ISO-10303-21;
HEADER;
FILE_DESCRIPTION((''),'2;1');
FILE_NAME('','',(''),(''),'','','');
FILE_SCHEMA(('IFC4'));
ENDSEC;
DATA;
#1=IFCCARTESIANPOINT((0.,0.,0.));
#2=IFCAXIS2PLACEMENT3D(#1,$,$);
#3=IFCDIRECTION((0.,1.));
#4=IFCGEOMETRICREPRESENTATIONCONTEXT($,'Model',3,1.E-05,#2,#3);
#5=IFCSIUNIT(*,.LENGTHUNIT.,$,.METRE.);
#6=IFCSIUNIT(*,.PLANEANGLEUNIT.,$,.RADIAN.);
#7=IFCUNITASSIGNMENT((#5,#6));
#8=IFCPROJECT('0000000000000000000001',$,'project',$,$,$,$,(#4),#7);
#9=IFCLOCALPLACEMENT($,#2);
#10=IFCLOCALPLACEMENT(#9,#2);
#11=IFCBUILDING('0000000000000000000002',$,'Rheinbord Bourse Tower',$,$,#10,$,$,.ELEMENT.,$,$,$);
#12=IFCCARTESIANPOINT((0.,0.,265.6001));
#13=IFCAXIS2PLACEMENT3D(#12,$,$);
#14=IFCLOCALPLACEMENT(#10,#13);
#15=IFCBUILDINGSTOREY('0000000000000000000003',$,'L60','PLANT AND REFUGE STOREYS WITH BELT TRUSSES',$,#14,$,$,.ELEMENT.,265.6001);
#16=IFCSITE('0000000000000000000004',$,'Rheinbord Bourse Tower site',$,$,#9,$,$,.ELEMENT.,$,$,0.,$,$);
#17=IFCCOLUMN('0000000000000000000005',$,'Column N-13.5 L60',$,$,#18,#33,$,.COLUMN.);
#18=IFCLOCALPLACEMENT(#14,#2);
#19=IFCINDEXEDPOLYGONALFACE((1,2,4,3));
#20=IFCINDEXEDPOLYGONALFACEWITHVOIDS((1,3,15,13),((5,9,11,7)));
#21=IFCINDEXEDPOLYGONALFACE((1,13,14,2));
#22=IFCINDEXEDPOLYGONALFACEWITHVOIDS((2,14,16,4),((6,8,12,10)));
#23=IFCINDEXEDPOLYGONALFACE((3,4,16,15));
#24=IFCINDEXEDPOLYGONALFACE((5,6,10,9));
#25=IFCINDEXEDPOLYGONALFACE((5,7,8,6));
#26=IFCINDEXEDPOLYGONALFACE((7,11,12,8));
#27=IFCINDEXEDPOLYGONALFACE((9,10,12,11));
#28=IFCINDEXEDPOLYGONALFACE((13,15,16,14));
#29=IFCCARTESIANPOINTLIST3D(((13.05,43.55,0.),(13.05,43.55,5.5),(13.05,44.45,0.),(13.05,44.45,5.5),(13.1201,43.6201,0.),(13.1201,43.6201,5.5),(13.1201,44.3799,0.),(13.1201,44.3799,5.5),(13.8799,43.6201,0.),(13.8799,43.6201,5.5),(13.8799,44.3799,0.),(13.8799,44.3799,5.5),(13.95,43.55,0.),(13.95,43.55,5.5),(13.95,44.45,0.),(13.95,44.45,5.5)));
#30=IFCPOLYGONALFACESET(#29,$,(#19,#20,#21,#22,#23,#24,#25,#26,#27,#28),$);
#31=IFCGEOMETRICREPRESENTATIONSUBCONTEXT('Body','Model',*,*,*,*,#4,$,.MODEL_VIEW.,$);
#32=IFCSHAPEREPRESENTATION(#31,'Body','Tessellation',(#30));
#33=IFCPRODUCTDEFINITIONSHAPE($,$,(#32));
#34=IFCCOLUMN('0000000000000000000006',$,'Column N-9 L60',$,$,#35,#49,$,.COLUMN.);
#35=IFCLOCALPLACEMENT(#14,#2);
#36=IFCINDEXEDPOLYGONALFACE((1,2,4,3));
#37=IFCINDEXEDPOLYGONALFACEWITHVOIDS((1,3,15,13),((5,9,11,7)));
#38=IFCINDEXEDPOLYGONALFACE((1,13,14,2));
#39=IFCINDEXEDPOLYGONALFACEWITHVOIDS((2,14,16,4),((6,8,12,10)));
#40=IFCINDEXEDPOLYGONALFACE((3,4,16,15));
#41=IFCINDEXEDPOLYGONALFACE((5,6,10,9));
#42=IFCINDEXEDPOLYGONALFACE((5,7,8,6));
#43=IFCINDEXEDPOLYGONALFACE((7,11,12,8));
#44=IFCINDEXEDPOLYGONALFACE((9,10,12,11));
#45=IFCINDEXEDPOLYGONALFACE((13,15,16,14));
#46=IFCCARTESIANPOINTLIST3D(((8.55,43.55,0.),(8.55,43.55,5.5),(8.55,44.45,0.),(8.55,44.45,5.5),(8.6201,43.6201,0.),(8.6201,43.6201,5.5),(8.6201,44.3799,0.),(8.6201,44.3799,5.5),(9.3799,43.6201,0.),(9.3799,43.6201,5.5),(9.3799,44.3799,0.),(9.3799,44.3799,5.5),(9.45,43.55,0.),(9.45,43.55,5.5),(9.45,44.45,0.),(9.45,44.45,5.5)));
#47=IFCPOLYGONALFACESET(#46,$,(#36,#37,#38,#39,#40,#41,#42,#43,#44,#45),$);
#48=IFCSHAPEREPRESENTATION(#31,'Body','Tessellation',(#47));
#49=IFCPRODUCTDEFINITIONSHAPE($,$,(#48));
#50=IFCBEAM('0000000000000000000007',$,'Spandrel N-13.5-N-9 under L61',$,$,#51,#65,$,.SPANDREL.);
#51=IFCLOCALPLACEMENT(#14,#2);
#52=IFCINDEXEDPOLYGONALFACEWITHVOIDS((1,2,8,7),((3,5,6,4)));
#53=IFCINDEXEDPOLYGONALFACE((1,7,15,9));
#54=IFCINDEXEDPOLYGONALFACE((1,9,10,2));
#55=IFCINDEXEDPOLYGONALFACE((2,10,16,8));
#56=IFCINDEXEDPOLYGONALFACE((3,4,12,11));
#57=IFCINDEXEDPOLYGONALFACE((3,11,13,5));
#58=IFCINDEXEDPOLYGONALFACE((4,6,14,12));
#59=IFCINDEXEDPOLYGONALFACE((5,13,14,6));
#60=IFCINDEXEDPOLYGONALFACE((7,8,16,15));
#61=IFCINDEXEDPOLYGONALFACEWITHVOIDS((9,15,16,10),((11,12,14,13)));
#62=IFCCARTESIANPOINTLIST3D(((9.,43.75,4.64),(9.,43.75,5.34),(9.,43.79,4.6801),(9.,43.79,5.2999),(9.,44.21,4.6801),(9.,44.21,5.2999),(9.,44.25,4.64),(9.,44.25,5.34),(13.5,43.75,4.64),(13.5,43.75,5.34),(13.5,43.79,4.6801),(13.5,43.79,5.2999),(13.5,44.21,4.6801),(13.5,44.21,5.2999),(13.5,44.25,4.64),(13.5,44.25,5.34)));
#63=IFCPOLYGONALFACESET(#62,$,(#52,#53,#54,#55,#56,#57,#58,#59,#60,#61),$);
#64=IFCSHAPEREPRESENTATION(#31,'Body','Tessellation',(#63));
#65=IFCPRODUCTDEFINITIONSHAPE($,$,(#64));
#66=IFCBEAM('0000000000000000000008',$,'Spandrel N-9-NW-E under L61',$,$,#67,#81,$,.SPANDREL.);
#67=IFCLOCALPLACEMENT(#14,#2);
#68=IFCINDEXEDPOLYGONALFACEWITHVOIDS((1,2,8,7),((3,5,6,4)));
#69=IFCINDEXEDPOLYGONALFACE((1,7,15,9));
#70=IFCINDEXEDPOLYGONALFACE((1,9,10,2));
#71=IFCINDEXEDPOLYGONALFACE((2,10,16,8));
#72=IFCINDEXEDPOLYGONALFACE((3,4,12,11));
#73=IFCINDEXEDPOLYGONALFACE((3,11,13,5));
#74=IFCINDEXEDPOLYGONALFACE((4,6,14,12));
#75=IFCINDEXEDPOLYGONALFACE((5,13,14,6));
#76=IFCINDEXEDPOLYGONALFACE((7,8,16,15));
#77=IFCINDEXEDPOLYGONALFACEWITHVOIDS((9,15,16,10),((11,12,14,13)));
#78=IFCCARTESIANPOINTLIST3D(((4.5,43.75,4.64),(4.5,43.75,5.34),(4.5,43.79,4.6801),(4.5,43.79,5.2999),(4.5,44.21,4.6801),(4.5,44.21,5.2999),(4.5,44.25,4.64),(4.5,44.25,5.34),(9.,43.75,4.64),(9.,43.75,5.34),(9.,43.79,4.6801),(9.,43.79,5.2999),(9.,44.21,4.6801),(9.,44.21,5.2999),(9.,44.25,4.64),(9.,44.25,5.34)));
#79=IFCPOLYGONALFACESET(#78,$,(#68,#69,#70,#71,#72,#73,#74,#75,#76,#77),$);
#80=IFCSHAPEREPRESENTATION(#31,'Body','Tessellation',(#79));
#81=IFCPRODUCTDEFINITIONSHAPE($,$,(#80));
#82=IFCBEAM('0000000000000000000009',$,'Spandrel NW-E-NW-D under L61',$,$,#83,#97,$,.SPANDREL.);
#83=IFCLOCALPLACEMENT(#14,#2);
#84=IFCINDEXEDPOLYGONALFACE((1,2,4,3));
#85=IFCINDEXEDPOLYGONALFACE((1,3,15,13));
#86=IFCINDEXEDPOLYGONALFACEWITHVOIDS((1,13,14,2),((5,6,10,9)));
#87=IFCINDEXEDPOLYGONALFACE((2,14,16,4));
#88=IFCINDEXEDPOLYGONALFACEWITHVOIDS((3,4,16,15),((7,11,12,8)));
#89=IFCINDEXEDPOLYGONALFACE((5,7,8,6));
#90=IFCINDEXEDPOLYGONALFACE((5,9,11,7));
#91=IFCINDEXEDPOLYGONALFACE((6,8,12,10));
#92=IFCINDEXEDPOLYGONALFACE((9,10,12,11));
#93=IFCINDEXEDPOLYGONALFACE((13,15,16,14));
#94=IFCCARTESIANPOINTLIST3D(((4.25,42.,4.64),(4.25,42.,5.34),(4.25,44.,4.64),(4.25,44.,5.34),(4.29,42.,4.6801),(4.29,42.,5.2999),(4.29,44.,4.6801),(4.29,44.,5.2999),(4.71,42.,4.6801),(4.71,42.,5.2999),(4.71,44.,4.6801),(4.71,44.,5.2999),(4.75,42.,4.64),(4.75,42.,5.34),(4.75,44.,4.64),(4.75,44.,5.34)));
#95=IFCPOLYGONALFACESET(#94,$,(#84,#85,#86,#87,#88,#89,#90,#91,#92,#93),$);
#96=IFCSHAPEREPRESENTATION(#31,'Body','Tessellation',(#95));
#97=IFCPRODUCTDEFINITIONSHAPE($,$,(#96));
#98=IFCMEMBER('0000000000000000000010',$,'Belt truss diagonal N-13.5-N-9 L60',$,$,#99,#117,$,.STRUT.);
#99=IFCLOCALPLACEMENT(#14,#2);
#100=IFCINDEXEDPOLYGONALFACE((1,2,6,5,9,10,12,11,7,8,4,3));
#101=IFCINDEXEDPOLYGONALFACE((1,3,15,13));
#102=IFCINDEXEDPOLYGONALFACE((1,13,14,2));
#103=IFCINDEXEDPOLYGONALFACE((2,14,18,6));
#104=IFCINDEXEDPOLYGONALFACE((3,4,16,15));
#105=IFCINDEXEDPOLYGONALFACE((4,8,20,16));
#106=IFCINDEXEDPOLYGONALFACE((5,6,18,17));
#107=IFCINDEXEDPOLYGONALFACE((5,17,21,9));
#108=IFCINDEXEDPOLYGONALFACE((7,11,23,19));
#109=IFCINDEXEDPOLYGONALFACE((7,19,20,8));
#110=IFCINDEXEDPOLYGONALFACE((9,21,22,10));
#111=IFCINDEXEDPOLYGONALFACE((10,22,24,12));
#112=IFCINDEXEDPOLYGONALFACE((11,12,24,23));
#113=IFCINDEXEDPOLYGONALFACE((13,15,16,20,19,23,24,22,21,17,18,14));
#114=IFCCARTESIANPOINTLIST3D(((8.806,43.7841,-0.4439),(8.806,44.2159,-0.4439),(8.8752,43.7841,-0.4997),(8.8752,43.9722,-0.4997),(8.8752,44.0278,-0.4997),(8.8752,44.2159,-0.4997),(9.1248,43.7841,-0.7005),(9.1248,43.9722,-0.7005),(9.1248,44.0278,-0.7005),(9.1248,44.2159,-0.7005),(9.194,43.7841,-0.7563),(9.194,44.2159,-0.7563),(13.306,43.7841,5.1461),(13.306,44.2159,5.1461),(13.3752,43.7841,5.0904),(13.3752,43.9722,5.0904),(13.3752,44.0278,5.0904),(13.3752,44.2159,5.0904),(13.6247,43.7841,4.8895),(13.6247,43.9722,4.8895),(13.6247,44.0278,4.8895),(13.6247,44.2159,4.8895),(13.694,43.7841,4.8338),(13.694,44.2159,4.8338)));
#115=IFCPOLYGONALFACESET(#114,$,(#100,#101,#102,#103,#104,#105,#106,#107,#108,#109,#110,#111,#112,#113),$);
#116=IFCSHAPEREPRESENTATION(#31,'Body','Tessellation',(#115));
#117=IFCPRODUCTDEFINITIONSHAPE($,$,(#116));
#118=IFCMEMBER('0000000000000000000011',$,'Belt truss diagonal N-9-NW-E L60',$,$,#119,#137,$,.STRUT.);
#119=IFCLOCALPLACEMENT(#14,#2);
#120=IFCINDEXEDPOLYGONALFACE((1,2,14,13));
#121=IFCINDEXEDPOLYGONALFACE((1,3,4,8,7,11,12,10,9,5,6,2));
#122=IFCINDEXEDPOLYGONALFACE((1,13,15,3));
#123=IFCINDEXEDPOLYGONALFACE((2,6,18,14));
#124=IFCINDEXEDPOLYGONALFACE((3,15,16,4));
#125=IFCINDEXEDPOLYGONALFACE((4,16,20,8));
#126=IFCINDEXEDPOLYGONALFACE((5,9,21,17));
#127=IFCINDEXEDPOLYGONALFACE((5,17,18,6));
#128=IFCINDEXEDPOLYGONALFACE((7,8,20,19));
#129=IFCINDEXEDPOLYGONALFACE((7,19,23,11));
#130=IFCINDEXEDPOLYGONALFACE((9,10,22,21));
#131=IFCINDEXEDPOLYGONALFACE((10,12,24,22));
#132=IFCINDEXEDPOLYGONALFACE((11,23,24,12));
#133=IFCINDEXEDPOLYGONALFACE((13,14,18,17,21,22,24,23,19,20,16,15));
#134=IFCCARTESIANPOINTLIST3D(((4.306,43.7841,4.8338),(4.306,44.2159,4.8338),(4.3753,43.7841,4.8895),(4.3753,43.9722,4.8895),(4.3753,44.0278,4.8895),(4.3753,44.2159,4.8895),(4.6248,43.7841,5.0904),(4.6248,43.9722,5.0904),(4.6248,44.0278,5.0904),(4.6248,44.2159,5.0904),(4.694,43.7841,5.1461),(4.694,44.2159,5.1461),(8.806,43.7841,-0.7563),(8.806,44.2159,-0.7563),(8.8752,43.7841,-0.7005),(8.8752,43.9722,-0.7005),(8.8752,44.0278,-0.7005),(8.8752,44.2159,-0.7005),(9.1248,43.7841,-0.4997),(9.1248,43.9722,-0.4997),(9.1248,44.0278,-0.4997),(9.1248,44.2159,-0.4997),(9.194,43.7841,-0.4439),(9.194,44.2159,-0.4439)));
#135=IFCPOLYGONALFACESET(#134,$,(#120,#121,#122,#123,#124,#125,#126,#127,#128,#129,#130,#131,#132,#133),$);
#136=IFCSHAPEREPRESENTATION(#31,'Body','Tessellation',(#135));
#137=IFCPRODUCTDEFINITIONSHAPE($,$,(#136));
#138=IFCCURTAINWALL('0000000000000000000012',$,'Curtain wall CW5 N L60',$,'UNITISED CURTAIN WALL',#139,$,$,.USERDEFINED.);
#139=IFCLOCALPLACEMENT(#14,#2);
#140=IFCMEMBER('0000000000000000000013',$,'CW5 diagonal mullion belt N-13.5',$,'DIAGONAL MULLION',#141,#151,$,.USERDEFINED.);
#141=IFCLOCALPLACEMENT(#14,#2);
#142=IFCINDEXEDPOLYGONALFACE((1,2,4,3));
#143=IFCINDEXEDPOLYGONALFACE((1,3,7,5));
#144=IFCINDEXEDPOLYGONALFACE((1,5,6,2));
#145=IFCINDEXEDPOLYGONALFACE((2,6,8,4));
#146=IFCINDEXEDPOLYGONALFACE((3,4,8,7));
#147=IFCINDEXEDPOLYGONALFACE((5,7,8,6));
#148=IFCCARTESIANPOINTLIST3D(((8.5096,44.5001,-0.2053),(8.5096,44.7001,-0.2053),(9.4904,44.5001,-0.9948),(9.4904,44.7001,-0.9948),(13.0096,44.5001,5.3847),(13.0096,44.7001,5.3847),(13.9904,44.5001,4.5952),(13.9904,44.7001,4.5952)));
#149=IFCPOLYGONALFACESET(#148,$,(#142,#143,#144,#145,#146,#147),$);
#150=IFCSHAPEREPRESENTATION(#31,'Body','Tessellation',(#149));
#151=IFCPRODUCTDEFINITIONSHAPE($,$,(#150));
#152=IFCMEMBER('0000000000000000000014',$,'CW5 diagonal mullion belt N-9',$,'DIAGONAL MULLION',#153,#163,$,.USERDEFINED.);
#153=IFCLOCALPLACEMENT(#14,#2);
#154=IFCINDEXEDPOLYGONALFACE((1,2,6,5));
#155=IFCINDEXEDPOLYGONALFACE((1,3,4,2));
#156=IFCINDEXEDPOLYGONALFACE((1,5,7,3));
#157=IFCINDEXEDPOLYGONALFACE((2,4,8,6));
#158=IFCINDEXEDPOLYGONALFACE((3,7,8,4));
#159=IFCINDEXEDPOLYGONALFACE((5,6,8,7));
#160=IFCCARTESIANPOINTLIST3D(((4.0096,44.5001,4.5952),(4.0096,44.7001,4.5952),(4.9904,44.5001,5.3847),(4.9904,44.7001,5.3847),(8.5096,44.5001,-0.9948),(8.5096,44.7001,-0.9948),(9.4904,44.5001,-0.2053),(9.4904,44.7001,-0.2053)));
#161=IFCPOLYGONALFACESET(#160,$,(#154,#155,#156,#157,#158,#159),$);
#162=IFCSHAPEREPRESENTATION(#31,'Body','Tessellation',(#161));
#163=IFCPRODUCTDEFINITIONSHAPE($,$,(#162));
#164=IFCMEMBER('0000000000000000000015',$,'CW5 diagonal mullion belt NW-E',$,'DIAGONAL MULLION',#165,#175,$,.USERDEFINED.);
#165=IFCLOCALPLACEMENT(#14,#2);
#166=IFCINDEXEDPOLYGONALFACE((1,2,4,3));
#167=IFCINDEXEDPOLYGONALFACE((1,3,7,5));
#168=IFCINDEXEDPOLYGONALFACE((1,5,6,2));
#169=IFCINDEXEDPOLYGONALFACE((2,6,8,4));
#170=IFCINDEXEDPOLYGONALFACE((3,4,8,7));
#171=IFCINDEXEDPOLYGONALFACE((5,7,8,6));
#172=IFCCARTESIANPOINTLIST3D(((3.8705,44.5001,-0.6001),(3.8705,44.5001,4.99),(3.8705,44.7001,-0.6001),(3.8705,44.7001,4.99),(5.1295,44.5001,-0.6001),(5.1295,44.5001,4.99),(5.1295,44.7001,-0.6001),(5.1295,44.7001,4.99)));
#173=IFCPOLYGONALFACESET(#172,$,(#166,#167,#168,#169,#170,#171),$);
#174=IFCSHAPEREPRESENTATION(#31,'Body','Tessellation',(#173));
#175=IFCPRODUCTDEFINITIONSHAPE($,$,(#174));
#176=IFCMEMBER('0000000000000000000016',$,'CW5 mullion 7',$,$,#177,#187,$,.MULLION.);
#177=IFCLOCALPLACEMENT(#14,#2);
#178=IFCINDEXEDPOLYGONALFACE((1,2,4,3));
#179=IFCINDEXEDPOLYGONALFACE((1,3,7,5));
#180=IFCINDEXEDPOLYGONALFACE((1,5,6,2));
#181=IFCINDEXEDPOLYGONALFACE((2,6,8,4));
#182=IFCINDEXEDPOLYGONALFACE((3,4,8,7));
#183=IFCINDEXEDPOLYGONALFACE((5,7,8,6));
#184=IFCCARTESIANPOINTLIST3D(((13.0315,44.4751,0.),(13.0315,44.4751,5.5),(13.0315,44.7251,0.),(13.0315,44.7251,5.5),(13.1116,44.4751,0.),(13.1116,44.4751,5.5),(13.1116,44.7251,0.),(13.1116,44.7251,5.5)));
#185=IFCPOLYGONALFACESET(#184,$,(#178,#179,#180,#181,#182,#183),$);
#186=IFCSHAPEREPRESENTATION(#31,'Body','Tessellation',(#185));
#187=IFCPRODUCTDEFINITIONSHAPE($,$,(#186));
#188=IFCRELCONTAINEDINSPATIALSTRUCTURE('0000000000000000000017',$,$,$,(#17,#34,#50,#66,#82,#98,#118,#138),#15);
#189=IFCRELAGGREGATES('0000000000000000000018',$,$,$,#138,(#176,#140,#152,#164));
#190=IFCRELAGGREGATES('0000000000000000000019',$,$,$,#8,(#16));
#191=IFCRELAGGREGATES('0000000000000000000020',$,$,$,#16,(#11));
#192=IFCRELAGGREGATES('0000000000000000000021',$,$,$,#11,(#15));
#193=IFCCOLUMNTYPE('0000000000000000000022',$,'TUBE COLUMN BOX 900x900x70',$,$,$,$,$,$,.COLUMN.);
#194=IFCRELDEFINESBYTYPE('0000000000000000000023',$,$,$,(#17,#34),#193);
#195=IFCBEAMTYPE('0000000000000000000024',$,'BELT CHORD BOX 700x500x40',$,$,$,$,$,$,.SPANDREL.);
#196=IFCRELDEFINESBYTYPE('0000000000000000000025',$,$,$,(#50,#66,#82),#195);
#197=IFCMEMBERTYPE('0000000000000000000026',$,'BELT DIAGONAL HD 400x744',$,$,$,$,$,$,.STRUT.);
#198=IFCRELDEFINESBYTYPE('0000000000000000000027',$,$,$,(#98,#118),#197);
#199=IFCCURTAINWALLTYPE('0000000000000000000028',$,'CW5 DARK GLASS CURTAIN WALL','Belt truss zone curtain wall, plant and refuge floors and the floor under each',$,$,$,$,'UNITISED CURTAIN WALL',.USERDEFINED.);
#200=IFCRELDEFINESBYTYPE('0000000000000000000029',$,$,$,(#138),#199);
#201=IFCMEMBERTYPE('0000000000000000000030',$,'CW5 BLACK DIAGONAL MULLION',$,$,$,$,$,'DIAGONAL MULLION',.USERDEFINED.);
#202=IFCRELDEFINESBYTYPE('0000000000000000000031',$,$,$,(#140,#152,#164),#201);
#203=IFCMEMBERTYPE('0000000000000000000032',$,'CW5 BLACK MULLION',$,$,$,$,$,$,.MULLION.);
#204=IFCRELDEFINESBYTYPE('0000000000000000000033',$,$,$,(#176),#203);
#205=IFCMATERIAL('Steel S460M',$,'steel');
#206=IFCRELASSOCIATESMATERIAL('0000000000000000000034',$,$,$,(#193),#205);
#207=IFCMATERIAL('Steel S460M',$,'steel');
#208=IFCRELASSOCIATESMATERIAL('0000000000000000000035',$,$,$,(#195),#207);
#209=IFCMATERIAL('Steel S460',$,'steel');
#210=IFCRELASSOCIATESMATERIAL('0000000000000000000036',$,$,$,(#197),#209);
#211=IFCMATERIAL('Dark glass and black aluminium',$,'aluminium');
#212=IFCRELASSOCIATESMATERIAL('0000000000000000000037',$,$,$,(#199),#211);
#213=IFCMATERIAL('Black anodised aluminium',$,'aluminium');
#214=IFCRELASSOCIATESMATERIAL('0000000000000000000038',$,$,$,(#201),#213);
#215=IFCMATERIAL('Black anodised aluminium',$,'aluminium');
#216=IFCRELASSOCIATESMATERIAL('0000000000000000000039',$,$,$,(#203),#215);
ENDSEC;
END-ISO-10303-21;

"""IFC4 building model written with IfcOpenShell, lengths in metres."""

from ifc_helpers import new_model, si_unit, direction, frame, origin, origin_2d, place, context, subcontext, project, spatial, rectangle, hollow_rectangle, i_section, extrude, material, material_profile, profile_set, type_object, element, aggregate, save


model = new_model("IFC4")

# Units and contexts
model_context = context("Model", 3, precision=1e-05, world=origin(), true_north=direction((0.0, 1.0)))
body_context = subcontext(model_context, "Body", "Model", "MODEL_VIEW")
ifc_project = project(units=[si_unit("LENGTHUNIT", "METRE"), si_unit("PLANEANGLEUNIT", "RADIAN")], contexts=[model_context])

# Site, building, storey
site_placement = place(None, origin())
site = spatial("IfcSite", under=ifc_project, at=site_placement, Name="Rheinbord Bourse Tower site", CompositionType="ELEMENT", RefElevation=0.0)
building_placement = place(site_placement, origin())
building = spatial("IfcBuilding", under=site, at=building_placement, Name="Rheinbord Bourse Tower", CompositionType="ELEMENT")
storey_placement = place(building_placement, frame((0.0, 0.0, 265.6001)))
storey = spatial("IfcBuildingStorey", under=building, at=storey_placement, Name="L60", Description="PLANT AND REFUGE STOREYS WITH BELT TRUSSES", CompositionType="ELEMENT", Elevation=265.6001)

# Columns
ifc_material_1 = material(Name="Steel S460M", Category="steel")
ifc_material_profile_1 = material_profile(ifc_material_1, hollow_rectangle(XDim=0.8999, YDim=0.8999, WallThickness=0.0701, at=origin_2d()), Name="BOX 900x900x70")
ifc_profile_set_1 = profile_set([ifc_material_profile_1], Name="Steel S460M")
column_type = type_object("IfcColumnType", Name="TUBE COLUMN BOX 900x900x70", PredefinedType="COLUMN", material=ifc_profile_set_1)
for number, where, z_axis, x_axis, name in (
    (1, (13.5, 44.0, 0.0), (0.0, 0.0, 1.0), (0.0, 1.0, 0.0), "Column N-13.5 L60"),
    (2, (9.0, 44.0, 0.0), (0.0, 0.0, 1.0), (0.0, 1.0, 0.0), "Column N-9 L60"),
):
    element("IfcColumn", number, at=place(storey_placement, frame(where, z_axis=z_axis, x_axis=x_axis)), inside=storey, type_object=column_type, Name=name, PredefinedType="COLUMN", context=body_context, shape_type="SweptSolid", body=[
        extrude(hollow_rectangle(XDim=0.8999, YDim=0.8999, WallThickness=0.0701, at=origin_2d()), origin(), (0.0, 0.0, 1.0), 5.5),
    ])

# Beams
ifc_material_2 = material(Name="Steel S460M", Category="steel")
ifc_material_profile_2 = material_profile(ifc_material_2, hollow_rectangle(XDim=0.5, YDim=0.7, WallThickness=0.04, at=origin_2d()), Name="BOX 700x500x40")
ifc_profile_set_2 = profile_set([ifc_material_profile_2], Name="Steel S460M")
beam_type_1 = type_object("IfcBeamType", Name="BELT CHORD BOX 700x500x40", PredefinedType="SPANDREL", material=ifc_profile_set_2)
for number, where, z_axis, x_axis, name in (
    (3, (13.5, 44.0, 4.99), (-1.0, 0.0, 0.0), (0.0, -1.0, 0.0), "Spandrel N-13.5-N-9 under L61"),
    (4, (9.0, 44.0, 4.99), (-1.0, 0.0, 0.0), (0.0, -1.0, 0.0), "Spandrel N-9-NW-E under L61"),
):
    element("IfcBeam", number, at=place(storey_placement, frame(where, z_axis=z_axis, x_axis=x_axis)), inside=storey, type_object=beam_type_1, Name=name, PredefinedType="SPANDREL", context=body_context, shape_type="SweptSolid", body=[
        extrude(hollow_rectangle(XDim=0.5, YDim=0.7, WallThickness=0.04, at=origin_2d()), origin(), (0.0, 0.0, 1.0), 4.5),
    ])
beam_placement = place(storey_placement, frame((4.5, 44.0, 4.99), z_axis=(0.0, -1.0, 0.0), x_axis=(1.0, 0.0, 0.0)))
element("IfcBeam", 5, at=beam_placement, inside=storey, type_object=beam_type_1, Name="Spandrel NW-E-NW-D under L61", PredefinedType="SPANDREL", context=body_context, shape_type="SweptSolid", body=[
    extrude(hollow_rectangle(XDim=0.5, YDim=0.7, WallThickness=0.04, at=origin_2d()), origin(), (0.0, 0.0, 1.0), 2.0),
])

# Members
ifc_material_3 = material(Name="Steel S460", Category="steel")
ifc_material_profile_3 = material_profile(ifc_material_3, i_section(OverallWidth=0.4319, OverallDepth=0.498, WebThickness=0.0557, FlangeThickness=0.0889, at=origin_2d()), Name="HD 400x744")
ifc_profile_set_3 = profile_set([ifc_material_profile_3], Name="Steel S460")
member_type_1 = type_object("IfcMemberType", Name="BELT DIAGONAL HD 400x744", PredefinedType="STRUT", material=ifc_profile_set_3)
for number, where, z_axis, x_axis, name in (
    (6, (9.0, 44.0, -0.6001), (0.627065, 0.0, 0.778967), (0.0, 1.0, 0.0), "Belt truss diagonal N-13.5-N-9 L60"),
    (7, (9.0, 44.0, -0.6001), (-0.627065, 0.0, 0.778967), (0.0, -1.0, 0.0), "Belt truss diagonal N-9-NW-E L60"),
):
    element("IfcMember", number, at=place(storey_placement, frame(where, z_axis=z_axis, x_axis=x_axis)), inside=storey, type_object=member_type_1, Name=name, PredefinedType="STRUT", context=body_context, shape_type="SweptSolid", body=[
        extrude(i_section(OverallWidth=0.4319, OverallDepth=0.498, WebThickness=0.0557, FlangeThickness=0.0889, at=origin_2d()), origin(), (0.0, 0.0, 1.0), 7.1763),
    ])

# Curtain wall, members
ifc_material_4 = material(Name="Dark glass and black aluminium", Category="aluminium")
curtain_wall_type = type_object("IfcCurtainWallType", Name="CW5 DARK GLASS CURTAIN WALL", Description="Belt truss zone curtain wall, plant and refuge floors and the floor under each", ElementType="UNITISED CURTAIN WALL", PredefinedType="USERDEFINED", material=ifc_material_4)
curtain_wall_placement = place(storey_placement, origin())
curtain_wall = element("IfcCurtainWall", 8, at=curtain_wall_placement, inside=storey, type_object=curtain_wall_type, Name="Curtain wall CW5 N L60", ObjectType="UNITISED CURTAIN WALL", PredefinedType="USERDEFINED")
ifc_material_5 = material(Name="Black anodised aluminium", Category="aluminium")
ifc_material_profile_4 = material_profile(ifc_material_5, rectangle(XDim=0.2, YDim=1.259, at=origin_2d()), Name="CW5 DIAGONAL MULLION 1259x200")
ifc_profile_set_4 = profile_set([ifc_material_profile_4], Name="Black anodised aluminium")
member_type_2 = type_object("IfcMemberType", Name="CW5 BLACK DIAGONAL MULLION", ElementType="DIAGONAL MULLION", PredefinedType="USERDEFINED", material=ifc_profile_set_4)
member_1_placement = place(storey_placement, frame((9.0, 44.6001, -0.6001), z_axis=(0.627065, 0.0, 0.778967), x_axis=(0.0, 1.0, 0.0)))
member_1 = element("IfcMember", 9, at=member_1_placement, type_object=member_type_2, Name="CW5 diagonal mullion belt N-13.5", ObjectType="DIAGONAL MULLION", PredefinedType="USERDEFINED", context=body_context, shape_type="SweptSolid", body=[
    extrude(rectangle(XDim=0.2, YDim=1.259, at=origin_2d()), origin(), (0.0, 0.0, 1.0), 7.1763),
])
member_2_placement = place(storey_placement, frame((9.0, 44.6001, -0.6001), z_axis=(-0.627065, 0.0, 0.778967), x_axis=(0.0, -1.0, 0.0)))
member_2 = element("IfcMember", 10, at=member_2_placement, type_object=member_type_2, Name="CW5 diagonal mullion belt N-9", ObjectType="DIAGONAL MULLION", PredefinedType="USERDEFINED", context=body_context, shape_type="SweptSolid", body=[
    extrude(rectangle(XDim=0.2, YDim=1.259, at=origin_2d()), origin(), (0.0, 0.0, 1.0), 7.1763),
])
member_3_placement = place(storey_placement, frame((4.5, 44.6001, -0.6001), z_axis=(0.0, 0.0, 1.0), x_axis=(0.0, -1.0, 0.0)))
member_3 = element("IfcMember", 11, at=member_3_placement, type_object=member_type_2, Name="CW5 diagonal mullion belt NW-E", ObjectType="DIAGONAL MULLION", PredefinedType="USERDEFINED", context=body_context, shape_type="SweptSolid", body=[
    extrude(rectangle(XDim=0.2, YDim=1.259, at=origin_2d()), origin(), (0.0, 0.0, 1.0), 5.5901),
])
ifc_material_6 = material(Name="Black anodised aluminium", Category="aluminium")
ifc_material_profile_5 = material_profile(ifc_material_6, rectangle(XDim=0.25, YDim=0.0801, at=origin_2d()), Name="CW5 MULLION 80x250")
ifc_profile_set_5 = profile_set([ifc_material_profile_5], Name="Black anodised aluminium")
member_type_3 = type_object("IfcMemberType", Name="CW5 BLACK MULLION", PredefinedType="MULLION", material=ifc_profile_set_5)
member_4_placement = place(storey_placement, frame((13.0715, 44.6001, 0.0), z_axis=(0.0, 0.0, 1.0), x_axis=(0.0, -1.0, 0.0)))
member_4 = element("IfcMember", 12, at=member_4_placement, type_object=member_type_3, Name="CW5 mullion 7", PredefinedType="MULLION", context=body_context, shape_type="SweptSolid", body=[
    extrude(rectangle(XDim=0.25, YDim=0.0801, at=origin_2d()), origin(), (0.0, 0.0, 1.0), 5.5),
])

aggregate(curtain_wall, [member_4, member_1, member_2, member_3])

save(model, "model.ifc")
